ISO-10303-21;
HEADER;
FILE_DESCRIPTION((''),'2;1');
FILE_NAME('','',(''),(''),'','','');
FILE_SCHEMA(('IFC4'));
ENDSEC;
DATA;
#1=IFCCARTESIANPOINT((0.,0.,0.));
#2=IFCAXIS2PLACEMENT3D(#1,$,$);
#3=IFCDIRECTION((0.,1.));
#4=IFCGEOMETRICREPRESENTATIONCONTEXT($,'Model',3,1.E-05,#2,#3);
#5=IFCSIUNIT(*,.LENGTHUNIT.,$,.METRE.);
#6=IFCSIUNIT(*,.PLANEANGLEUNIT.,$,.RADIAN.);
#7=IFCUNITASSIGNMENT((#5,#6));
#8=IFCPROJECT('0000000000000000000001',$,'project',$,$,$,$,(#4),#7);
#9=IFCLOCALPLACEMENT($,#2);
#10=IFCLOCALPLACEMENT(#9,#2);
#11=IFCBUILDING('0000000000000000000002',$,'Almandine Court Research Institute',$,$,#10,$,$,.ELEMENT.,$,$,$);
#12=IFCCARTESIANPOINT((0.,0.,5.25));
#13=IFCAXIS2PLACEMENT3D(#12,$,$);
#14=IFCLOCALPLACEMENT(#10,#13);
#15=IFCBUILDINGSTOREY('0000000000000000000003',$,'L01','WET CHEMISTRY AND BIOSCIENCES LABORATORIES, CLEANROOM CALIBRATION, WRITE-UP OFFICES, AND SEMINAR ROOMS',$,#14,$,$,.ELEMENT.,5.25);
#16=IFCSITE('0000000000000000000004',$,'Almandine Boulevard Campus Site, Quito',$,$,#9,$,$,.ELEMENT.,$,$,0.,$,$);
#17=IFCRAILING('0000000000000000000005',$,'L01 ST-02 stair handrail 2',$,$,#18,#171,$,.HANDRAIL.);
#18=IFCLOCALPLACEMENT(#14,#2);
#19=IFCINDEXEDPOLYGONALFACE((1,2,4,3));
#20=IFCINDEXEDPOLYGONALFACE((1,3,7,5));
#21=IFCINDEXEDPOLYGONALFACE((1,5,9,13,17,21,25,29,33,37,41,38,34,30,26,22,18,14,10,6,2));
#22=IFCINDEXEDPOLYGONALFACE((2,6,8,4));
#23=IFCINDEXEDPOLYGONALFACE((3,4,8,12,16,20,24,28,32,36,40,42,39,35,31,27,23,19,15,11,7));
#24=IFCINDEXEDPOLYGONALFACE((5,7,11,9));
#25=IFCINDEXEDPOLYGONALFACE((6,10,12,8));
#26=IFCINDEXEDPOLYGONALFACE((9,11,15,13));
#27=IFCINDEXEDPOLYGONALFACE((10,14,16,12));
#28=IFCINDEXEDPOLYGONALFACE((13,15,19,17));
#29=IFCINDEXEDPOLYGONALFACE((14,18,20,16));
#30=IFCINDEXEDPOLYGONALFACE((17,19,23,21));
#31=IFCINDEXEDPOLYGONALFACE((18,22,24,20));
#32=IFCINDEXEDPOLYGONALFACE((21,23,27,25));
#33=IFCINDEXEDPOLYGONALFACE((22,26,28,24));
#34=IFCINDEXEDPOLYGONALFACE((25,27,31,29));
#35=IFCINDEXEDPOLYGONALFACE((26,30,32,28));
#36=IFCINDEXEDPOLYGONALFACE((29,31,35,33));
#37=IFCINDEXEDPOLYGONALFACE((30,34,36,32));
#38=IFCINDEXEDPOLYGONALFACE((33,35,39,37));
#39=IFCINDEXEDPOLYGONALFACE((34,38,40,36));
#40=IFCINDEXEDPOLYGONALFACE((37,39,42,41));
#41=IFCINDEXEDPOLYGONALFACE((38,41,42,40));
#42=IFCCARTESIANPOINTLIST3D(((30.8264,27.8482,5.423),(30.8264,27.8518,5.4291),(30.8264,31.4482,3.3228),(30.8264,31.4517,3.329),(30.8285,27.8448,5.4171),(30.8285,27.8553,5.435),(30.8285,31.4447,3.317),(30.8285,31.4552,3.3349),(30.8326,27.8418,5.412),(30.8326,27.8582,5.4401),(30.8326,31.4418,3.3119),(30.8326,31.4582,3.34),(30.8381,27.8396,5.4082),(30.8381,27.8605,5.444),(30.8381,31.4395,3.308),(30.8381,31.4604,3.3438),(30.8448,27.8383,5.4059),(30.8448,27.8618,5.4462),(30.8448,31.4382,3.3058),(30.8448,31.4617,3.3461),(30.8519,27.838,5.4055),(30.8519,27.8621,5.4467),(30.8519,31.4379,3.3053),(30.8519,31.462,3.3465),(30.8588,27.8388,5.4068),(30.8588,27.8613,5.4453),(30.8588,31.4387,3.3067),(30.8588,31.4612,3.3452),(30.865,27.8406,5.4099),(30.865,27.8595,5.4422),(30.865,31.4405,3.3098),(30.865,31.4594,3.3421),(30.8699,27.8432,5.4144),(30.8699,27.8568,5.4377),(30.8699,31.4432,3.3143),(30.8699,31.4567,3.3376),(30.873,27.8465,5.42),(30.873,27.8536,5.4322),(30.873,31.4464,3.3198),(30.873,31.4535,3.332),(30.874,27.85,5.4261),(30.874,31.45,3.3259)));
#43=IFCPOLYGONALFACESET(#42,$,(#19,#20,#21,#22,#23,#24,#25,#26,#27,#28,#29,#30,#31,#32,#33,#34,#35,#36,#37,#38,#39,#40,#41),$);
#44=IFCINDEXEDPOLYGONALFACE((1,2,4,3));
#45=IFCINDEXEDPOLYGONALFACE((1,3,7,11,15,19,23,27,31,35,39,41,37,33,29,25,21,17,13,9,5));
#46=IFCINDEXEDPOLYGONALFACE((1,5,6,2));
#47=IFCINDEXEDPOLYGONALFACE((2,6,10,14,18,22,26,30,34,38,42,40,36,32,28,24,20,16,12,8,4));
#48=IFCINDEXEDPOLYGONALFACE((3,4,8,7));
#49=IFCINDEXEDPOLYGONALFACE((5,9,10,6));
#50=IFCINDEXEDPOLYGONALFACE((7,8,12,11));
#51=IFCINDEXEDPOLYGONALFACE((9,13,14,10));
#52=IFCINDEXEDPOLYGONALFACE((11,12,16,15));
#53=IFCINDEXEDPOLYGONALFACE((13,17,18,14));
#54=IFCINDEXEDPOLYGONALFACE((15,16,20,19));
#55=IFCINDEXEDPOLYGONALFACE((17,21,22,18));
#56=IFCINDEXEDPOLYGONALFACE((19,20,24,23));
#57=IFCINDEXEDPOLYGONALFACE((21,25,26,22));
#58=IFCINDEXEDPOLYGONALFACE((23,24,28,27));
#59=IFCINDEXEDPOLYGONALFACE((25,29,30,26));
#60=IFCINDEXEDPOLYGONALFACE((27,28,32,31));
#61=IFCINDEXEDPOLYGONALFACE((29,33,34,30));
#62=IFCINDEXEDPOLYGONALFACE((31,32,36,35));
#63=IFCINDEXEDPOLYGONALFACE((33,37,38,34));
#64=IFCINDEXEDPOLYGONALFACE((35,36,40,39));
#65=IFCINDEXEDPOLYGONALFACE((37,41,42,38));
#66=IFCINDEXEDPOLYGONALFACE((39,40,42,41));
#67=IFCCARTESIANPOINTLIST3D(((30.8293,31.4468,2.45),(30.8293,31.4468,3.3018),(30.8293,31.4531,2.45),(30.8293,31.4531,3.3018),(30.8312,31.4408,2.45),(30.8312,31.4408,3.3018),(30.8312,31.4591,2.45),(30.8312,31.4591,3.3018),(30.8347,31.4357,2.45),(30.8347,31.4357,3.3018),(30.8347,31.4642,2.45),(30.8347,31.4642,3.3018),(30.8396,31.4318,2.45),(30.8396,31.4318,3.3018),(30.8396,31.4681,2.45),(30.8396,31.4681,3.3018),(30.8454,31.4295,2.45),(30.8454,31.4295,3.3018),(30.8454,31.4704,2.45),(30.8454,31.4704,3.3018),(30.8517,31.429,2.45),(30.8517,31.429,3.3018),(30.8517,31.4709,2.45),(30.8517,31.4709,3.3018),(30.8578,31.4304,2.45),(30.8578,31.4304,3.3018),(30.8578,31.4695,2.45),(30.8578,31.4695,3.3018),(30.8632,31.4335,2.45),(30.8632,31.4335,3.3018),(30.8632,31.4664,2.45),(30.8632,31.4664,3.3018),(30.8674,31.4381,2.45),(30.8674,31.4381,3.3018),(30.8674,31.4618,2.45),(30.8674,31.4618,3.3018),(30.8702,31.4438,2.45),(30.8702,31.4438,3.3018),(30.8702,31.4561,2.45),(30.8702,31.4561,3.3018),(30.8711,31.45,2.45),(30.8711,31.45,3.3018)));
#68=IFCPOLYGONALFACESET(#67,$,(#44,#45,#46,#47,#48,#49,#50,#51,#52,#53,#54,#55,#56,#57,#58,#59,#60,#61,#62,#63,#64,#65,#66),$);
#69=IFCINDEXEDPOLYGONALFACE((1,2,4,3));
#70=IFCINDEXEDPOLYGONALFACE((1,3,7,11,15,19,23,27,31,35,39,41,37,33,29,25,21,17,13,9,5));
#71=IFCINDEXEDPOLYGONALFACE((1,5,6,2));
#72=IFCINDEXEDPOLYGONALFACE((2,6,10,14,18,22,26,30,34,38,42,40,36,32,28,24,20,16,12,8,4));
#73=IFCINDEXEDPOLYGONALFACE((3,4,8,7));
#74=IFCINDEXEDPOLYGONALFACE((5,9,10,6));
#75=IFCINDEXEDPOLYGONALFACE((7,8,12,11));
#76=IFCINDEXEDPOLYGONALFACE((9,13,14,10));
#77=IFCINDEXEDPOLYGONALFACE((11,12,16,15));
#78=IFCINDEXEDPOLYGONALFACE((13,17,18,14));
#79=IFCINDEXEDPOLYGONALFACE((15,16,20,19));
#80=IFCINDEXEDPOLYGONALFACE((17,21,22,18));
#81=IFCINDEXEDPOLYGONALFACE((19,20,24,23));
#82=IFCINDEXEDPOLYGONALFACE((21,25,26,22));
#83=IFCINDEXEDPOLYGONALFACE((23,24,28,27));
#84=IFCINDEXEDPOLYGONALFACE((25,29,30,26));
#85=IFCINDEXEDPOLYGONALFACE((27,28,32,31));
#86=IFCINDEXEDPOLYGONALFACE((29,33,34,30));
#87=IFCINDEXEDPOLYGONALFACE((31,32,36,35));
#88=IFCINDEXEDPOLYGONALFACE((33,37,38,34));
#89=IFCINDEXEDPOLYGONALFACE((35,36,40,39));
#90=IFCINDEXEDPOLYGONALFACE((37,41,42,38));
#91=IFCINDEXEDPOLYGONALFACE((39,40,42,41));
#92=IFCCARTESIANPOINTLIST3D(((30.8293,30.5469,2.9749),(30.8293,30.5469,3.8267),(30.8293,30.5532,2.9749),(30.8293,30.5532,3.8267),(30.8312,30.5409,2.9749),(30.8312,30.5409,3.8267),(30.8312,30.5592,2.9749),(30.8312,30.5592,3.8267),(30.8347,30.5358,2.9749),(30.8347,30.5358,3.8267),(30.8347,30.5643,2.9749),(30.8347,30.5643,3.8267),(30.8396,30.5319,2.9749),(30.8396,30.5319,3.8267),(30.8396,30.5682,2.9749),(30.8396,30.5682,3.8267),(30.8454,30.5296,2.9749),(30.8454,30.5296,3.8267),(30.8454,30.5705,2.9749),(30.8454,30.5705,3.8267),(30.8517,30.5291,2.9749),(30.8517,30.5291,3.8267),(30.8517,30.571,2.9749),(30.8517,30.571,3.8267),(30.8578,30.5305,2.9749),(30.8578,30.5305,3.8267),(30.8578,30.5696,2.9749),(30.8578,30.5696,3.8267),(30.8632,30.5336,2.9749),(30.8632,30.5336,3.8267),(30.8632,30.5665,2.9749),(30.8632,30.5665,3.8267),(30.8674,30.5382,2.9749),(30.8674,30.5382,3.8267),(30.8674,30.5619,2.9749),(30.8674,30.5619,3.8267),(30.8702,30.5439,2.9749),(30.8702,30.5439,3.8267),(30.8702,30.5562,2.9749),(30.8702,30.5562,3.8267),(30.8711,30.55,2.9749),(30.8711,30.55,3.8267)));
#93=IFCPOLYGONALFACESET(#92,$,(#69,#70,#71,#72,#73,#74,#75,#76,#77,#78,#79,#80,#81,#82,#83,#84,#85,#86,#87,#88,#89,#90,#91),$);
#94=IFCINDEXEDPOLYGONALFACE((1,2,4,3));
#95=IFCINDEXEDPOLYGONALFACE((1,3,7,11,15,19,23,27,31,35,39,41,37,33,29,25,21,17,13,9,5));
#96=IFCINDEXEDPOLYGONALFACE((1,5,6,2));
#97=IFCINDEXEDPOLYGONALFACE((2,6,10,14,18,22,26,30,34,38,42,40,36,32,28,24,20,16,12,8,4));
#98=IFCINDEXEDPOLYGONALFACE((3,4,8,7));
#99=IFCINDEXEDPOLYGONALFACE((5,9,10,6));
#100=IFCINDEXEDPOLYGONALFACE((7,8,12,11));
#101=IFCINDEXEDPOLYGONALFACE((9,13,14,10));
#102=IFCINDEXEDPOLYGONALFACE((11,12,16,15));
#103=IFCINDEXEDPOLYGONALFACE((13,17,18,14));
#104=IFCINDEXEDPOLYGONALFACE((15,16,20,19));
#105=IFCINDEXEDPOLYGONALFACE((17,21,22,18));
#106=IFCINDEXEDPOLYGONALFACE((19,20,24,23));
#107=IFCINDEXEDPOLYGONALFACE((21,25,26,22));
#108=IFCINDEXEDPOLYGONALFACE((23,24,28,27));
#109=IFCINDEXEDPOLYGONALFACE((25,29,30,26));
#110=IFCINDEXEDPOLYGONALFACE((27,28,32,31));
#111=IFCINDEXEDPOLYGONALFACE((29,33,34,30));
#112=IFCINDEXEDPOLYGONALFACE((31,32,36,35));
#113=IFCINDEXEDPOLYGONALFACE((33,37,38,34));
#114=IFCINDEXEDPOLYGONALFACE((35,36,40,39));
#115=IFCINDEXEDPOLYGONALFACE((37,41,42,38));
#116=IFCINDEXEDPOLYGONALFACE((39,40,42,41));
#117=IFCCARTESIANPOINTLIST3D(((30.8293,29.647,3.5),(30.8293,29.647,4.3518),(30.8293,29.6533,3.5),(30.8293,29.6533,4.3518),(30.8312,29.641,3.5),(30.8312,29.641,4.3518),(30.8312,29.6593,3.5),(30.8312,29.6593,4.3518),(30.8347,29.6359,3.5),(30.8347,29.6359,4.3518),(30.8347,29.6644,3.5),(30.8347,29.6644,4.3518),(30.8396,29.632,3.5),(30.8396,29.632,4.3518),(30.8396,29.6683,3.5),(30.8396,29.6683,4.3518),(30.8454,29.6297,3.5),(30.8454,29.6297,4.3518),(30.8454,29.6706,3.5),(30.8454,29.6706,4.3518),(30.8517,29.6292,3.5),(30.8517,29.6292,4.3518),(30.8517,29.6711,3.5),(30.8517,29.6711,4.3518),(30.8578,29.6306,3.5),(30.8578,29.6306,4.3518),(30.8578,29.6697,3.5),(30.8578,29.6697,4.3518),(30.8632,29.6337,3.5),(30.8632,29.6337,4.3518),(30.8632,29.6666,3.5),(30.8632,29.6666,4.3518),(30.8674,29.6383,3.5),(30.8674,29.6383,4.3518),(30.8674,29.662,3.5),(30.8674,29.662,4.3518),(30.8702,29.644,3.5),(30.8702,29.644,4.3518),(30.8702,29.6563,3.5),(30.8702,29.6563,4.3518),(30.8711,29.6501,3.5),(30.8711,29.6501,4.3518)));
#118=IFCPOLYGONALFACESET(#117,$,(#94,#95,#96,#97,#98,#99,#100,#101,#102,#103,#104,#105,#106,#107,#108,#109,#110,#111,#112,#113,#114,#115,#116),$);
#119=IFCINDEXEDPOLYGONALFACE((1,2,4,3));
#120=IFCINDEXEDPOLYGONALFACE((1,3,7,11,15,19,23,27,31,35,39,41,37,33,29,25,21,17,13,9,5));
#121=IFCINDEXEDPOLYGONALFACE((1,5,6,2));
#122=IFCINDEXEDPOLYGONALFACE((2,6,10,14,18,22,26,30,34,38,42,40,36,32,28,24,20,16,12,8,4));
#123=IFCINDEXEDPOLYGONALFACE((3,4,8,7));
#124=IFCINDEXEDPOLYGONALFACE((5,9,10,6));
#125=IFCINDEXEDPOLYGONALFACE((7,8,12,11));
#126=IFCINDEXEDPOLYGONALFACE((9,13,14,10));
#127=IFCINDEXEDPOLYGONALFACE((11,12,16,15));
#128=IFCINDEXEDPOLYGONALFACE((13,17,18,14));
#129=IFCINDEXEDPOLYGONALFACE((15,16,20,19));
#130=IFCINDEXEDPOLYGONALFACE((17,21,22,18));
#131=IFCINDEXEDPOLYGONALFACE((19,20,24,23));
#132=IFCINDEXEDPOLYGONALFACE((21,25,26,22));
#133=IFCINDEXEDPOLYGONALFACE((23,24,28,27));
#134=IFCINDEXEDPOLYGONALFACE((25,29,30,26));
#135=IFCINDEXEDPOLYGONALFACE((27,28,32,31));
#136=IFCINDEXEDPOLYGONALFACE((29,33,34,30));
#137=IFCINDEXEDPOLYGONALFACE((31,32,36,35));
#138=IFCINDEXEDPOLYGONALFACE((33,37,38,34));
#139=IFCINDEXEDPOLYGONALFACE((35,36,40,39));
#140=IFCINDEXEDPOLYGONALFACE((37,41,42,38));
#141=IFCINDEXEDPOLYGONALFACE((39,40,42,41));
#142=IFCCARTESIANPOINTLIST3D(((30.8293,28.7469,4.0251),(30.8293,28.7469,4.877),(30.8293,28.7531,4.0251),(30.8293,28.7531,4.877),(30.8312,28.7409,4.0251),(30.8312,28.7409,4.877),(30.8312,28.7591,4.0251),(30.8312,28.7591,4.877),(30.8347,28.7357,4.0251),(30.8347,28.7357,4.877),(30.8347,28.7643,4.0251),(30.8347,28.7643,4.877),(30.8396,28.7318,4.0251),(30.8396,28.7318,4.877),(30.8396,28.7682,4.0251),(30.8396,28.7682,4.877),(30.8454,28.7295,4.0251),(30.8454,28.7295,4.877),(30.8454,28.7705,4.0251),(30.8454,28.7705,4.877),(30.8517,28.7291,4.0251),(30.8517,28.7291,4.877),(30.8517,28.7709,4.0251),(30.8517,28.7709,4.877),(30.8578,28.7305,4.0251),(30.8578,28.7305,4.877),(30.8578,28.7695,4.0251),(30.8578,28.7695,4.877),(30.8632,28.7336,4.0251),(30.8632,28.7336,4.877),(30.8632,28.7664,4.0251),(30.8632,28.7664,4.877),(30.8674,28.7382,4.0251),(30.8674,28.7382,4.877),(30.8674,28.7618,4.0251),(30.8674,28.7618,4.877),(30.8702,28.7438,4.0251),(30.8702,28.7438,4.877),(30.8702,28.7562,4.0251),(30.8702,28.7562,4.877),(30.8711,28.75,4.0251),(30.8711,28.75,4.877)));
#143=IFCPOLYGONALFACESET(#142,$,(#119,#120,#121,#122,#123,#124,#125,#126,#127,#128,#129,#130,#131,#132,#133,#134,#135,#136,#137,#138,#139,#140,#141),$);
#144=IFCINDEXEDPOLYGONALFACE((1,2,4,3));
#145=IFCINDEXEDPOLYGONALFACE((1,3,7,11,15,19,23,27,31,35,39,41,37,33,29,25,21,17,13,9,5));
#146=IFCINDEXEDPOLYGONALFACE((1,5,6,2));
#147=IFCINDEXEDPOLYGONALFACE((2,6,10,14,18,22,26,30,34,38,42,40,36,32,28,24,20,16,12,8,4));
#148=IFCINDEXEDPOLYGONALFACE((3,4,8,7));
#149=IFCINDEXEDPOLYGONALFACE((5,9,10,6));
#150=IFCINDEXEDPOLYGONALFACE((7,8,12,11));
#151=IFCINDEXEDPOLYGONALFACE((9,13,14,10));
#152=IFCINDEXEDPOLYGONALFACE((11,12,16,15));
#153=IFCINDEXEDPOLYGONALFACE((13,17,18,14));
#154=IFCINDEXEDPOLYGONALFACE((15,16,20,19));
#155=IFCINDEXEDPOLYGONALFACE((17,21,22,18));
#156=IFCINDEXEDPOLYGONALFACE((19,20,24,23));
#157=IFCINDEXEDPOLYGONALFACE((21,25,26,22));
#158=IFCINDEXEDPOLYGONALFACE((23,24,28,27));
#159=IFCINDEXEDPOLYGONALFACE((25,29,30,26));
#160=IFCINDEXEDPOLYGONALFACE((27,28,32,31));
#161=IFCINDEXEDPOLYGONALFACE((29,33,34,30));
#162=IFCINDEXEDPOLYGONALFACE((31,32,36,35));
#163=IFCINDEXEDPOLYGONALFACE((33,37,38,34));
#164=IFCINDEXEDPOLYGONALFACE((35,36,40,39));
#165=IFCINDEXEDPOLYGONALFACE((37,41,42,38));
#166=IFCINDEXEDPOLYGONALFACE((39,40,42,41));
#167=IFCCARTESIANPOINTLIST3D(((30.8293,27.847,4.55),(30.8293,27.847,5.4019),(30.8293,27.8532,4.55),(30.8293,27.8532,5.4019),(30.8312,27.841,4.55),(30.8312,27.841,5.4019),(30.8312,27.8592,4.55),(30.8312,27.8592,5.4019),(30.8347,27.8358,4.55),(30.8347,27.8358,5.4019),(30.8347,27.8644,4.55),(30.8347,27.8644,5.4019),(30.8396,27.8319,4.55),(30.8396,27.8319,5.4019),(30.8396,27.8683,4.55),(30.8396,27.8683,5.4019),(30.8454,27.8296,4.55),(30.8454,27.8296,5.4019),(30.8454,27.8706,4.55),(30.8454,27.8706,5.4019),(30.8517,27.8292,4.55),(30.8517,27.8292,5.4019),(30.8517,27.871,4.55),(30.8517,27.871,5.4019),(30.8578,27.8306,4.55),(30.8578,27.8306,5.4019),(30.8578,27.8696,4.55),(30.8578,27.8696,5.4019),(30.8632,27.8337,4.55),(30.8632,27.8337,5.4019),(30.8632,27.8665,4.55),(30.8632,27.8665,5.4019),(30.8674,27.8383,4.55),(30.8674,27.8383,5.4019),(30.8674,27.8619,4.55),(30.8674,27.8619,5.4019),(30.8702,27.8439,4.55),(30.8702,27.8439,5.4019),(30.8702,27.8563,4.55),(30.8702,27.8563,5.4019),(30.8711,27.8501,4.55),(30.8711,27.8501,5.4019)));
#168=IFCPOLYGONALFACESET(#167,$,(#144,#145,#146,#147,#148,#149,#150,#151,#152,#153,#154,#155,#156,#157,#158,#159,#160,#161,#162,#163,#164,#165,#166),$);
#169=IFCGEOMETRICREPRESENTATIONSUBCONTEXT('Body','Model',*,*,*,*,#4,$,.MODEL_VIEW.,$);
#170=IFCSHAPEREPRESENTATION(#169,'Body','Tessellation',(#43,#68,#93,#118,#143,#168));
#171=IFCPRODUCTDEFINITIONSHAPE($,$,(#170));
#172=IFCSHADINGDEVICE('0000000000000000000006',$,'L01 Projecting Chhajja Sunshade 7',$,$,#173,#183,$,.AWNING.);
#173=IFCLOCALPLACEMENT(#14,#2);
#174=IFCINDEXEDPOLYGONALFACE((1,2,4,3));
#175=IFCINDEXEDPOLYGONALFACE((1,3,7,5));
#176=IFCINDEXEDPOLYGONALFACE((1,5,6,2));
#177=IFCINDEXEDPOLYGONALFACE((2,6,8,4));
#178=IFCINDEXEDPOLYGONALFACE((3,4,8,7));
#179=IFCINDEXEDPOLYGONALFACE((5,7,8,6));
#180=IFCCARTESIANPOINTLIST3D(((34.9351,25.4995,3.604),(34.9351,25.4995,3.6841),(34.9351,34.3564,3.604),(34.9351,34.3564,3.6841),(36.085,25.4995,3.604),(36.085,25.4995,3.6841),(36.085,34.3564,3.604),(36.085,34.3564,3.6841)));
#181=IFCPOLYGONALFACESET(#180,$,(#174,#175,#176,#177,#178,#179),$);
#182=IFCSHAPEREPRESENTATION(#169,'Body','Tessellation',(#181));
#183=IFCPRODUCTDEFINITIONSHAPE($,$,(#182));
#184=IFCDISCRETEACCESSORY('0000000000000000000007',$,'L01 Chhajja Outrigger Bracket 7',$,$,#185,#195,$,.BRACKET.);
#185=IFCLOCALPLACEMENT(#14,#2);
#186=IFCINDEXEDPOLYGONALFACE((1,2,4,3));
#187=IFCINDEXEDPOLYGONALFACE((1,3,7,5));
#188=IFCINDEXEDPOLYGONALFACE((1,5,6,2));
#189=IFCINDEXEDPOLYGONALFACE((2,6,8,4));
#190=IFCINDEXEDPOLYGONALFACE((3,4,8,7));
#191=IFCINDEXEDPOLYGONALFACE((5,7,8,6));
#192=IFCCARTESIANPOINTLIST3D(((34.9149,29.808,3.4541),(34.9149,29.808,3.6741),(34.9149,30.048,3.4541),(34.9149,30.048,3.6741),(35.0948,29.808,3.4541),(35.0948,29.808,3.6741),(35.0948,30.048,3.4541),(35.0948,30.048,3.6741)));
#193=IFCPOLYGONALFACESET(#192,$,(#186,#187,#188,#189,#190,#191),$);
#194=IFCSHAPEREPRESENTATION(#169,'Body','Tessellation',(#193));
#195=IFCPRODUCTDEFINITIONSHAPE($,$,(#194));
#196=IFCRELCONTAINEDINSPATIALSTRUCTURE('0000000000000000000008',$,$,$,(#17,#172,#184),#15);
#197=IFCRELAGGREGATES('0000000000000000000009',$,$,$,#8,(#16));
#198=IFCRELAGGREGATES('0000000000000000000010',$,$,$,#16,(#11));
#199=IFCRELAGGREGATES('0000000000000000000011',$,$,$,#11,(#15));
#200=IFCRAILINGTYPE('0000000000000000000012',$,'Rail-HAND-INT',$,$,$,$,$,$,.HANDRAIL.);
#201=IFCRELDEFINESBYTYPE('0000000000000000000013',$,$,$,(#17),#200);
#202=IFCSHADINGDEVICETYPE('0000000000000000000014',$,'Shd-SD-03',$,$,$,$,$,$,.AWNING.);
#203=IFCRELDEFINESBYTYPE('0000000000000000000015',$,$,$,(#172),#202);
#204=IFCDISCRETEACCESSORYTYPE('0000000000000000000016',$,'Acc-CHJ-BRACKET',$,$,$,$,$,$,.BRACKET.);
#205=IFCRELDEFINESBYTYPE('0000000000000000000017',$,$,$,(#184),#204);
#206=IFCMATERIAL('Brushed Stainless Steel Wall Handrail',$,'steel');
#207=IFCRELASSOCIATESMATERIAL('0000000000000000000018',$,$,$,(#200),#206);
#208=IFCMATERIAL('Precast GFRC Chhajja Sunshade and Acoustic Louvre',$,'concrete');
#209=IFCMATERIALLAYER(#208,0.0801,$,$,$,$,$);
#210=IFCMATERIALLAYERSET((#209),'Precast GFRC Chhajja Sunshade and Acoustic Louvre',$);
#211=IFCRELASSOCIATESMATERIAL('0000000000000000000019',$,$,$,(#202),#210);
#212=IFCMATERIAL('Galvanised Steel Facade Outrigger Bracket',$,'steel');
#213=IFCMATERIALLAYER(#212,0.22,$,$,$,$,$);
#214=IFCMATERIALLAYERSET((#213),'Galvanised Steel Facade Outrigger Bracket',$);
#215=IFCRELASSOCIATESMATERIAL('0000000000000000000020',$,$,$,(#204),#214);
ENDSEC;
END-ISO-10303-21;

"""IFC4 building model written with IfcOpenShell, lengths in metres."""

from ifc_helpers import new_model, si_unit, direction, frame, origin, origin_2d, place, context, subcontext, project, spatial, rectangle, circle, extrude, material, layer, layer_set, type_object, element, save


model = new_model("IFC4")

# Units and contexts
model_context = context("Model", 3, precision=1e-05, world=origin(), true_north=direction((0.0, 1.0)))
body_context = subcontext(model_context, "Body", "Model", "MODEL_VIEW")
ifc_project = project(units=[si_unit("LENGTHUNIT", "METRE"), si_unit("PLANEANGLEUNIT", "RADIAN")], contexts=[model_context])

# Site, building, storey
site_placement = place(None, origin())
site = spatial("IfcSite", under=ifc_project, at=site_placement, Name="Almandine Boulevard Campus Site, Quito", CompositionType="ELEMENT", RefElevation=0.0)
building_placement = place(site_placement, origin())
building = spatial("IfcBuilding", under=site, at=building_placement, Name="Almandine Court Research Institute", CompositionType="ELEMENT")
storey_placement = place(building_placement, frame((0.0, 0.0, 5.25)))
storey = spatial("IfcBuildingStorey", under=building, at=storey_placement, Name="L01", Description="WET CHEMISTRY AND BIOSCIENCES LABORATORIES, CLEANROOM CALIBRATION, WRITE-UP OFFICES, AND SEMINAR ROOMS", CompositionType="ELEMENT", Elevation=5.25)

# Railing
ifc_material_1 = material(Name="Brushed Stainless Steel Wall Handrail", Category="steel")
railing_type_1 = type_object("IfcRailingType", Name="Rail-HAND-INT", PredefinedType="HANDRAIL", material=ifc_material_1)
railing_1_placement = place(storey_placement, frame((30.8501, 31.45, 2.45)))
element("IfcRailing", 1, at=railing_1_placement, inside=storey, type_object=railing_type_1, Name="L01 ST-02 stair handrail 2", PredefinedType="HANDRAIL", context=body_context, shape_type="SweptSolid", body=[
    extrude(circle(Radius=0.0239, at=origin_2d()), frame((0.0, 0.0, 0.876), z_axis=(0.0, -0.86376, 0.503904), x_axis=(1.0, 0.0, 0.0)), (0.0, 0.0, 1.0), 4.1677),
    extrude(circle(Radius=0.021, at=origin_2d()), origin(), (0.0, 0.0, 1.0), 0.8518),
    extrude(circle(Radius=0.021, at=origin_2d()), frame((0.0, -0.8999, 0.5249)), (0.0, 0.0, 1.0), 0.8518),
    extrude(circle(Radius=0.021, at=origin_2d()), frame((0.0, -1.7998, 1.05)), (0.0, 0.0, 1.0), 0.8518),
    extrude(circle(Radius=0.021, at=origin_2d()), frame((0.0, -2.7, 1.5752)), (0.0, 0.0, 1.0), 0.8518),
    extrude(circle(Radius=0.021, at=origin_2d()), frame((0.0, -3.5999, 2.1001)), (0.0, 0.0, 1.0), 0.8518),
])

# Shading device
ifc_material_2 = material(Name="Precast GFRC Chhajja Sunshade and Acoustic Louvre", Category="concrete")
ifc_layer_1 = layer(ifc_material_2, 0.0801)
ifc_layer_set_1 = layer_set([ifc_layer_1], Name="Precast GFRC Chhajja Sunshade and Acoustic Louvre")
shading_device_type = type_object("IfcShadingDeviceType", Name="Shd-SD-03", PredefinedType="AWNING", material=ifc_layer_set_1)
shading_device_placement = place(storey_placement, frame((35.51, 29.928, 3.604), z_axis=(0.0, 0.0, 1.0), x_axis=(0.0, -1.0, 0.0)))
element("IfcShadingDevice", 2, at=shading_device_placement, inside=storey, type_object=shading_device_type, Name="L01 Projecting Chhajja Sunshade 7", PredefinedType="AWNING", context=body_context, shape_type="SweptSolid", body=[
    extrude(rectangle(XDim=8.8569, YDim=1.1499, at=origin_2d()), origin(), (0.0, 0.0, 1.0), 0.0801),
])

# Discrete accessory
ifc_material_3 = material(Name="Galvanised Steel Facade Outrigger Bracket", Category="steel")
ifc_layer_2 = layer(ifc_material_3, 0.22)
ifc_layer_set_2 = layer_set([ifc_layer_2], Name="Galvanised Steel Facade Outrigger Bracket")
discrete_accessory_type = type_object("IfcDiscreteAccessoryType", Name="Acc-CHJ-BRACKET", PredefinedType="BRACKET", material=ifc_layer_set_2)
discrete_accessory_placement = place(storey_placement, frame((35.0049, 29.928, 3.4541), z_axis=(0.0, 0.0, 1.0), x_axis=(0.0, -1.0, 0.0)))
element("IfcDiscreteAccessory", 3, at=discrete_accessory_placement, inside=storey, type_object=discrete_accessory_type, Name="L01 Chhajja Outrigger Bracket 7", PredefinedType="BRACKET", context=body_context, shape_type="SweptSolid", body=[
    extrude(rectangle(XDim=0.24, YDim=0.1799, at=origin_2d()), origin(), (0.0, 0.0, 1.0), 0.22),
])

save(model, "model.ifc")
